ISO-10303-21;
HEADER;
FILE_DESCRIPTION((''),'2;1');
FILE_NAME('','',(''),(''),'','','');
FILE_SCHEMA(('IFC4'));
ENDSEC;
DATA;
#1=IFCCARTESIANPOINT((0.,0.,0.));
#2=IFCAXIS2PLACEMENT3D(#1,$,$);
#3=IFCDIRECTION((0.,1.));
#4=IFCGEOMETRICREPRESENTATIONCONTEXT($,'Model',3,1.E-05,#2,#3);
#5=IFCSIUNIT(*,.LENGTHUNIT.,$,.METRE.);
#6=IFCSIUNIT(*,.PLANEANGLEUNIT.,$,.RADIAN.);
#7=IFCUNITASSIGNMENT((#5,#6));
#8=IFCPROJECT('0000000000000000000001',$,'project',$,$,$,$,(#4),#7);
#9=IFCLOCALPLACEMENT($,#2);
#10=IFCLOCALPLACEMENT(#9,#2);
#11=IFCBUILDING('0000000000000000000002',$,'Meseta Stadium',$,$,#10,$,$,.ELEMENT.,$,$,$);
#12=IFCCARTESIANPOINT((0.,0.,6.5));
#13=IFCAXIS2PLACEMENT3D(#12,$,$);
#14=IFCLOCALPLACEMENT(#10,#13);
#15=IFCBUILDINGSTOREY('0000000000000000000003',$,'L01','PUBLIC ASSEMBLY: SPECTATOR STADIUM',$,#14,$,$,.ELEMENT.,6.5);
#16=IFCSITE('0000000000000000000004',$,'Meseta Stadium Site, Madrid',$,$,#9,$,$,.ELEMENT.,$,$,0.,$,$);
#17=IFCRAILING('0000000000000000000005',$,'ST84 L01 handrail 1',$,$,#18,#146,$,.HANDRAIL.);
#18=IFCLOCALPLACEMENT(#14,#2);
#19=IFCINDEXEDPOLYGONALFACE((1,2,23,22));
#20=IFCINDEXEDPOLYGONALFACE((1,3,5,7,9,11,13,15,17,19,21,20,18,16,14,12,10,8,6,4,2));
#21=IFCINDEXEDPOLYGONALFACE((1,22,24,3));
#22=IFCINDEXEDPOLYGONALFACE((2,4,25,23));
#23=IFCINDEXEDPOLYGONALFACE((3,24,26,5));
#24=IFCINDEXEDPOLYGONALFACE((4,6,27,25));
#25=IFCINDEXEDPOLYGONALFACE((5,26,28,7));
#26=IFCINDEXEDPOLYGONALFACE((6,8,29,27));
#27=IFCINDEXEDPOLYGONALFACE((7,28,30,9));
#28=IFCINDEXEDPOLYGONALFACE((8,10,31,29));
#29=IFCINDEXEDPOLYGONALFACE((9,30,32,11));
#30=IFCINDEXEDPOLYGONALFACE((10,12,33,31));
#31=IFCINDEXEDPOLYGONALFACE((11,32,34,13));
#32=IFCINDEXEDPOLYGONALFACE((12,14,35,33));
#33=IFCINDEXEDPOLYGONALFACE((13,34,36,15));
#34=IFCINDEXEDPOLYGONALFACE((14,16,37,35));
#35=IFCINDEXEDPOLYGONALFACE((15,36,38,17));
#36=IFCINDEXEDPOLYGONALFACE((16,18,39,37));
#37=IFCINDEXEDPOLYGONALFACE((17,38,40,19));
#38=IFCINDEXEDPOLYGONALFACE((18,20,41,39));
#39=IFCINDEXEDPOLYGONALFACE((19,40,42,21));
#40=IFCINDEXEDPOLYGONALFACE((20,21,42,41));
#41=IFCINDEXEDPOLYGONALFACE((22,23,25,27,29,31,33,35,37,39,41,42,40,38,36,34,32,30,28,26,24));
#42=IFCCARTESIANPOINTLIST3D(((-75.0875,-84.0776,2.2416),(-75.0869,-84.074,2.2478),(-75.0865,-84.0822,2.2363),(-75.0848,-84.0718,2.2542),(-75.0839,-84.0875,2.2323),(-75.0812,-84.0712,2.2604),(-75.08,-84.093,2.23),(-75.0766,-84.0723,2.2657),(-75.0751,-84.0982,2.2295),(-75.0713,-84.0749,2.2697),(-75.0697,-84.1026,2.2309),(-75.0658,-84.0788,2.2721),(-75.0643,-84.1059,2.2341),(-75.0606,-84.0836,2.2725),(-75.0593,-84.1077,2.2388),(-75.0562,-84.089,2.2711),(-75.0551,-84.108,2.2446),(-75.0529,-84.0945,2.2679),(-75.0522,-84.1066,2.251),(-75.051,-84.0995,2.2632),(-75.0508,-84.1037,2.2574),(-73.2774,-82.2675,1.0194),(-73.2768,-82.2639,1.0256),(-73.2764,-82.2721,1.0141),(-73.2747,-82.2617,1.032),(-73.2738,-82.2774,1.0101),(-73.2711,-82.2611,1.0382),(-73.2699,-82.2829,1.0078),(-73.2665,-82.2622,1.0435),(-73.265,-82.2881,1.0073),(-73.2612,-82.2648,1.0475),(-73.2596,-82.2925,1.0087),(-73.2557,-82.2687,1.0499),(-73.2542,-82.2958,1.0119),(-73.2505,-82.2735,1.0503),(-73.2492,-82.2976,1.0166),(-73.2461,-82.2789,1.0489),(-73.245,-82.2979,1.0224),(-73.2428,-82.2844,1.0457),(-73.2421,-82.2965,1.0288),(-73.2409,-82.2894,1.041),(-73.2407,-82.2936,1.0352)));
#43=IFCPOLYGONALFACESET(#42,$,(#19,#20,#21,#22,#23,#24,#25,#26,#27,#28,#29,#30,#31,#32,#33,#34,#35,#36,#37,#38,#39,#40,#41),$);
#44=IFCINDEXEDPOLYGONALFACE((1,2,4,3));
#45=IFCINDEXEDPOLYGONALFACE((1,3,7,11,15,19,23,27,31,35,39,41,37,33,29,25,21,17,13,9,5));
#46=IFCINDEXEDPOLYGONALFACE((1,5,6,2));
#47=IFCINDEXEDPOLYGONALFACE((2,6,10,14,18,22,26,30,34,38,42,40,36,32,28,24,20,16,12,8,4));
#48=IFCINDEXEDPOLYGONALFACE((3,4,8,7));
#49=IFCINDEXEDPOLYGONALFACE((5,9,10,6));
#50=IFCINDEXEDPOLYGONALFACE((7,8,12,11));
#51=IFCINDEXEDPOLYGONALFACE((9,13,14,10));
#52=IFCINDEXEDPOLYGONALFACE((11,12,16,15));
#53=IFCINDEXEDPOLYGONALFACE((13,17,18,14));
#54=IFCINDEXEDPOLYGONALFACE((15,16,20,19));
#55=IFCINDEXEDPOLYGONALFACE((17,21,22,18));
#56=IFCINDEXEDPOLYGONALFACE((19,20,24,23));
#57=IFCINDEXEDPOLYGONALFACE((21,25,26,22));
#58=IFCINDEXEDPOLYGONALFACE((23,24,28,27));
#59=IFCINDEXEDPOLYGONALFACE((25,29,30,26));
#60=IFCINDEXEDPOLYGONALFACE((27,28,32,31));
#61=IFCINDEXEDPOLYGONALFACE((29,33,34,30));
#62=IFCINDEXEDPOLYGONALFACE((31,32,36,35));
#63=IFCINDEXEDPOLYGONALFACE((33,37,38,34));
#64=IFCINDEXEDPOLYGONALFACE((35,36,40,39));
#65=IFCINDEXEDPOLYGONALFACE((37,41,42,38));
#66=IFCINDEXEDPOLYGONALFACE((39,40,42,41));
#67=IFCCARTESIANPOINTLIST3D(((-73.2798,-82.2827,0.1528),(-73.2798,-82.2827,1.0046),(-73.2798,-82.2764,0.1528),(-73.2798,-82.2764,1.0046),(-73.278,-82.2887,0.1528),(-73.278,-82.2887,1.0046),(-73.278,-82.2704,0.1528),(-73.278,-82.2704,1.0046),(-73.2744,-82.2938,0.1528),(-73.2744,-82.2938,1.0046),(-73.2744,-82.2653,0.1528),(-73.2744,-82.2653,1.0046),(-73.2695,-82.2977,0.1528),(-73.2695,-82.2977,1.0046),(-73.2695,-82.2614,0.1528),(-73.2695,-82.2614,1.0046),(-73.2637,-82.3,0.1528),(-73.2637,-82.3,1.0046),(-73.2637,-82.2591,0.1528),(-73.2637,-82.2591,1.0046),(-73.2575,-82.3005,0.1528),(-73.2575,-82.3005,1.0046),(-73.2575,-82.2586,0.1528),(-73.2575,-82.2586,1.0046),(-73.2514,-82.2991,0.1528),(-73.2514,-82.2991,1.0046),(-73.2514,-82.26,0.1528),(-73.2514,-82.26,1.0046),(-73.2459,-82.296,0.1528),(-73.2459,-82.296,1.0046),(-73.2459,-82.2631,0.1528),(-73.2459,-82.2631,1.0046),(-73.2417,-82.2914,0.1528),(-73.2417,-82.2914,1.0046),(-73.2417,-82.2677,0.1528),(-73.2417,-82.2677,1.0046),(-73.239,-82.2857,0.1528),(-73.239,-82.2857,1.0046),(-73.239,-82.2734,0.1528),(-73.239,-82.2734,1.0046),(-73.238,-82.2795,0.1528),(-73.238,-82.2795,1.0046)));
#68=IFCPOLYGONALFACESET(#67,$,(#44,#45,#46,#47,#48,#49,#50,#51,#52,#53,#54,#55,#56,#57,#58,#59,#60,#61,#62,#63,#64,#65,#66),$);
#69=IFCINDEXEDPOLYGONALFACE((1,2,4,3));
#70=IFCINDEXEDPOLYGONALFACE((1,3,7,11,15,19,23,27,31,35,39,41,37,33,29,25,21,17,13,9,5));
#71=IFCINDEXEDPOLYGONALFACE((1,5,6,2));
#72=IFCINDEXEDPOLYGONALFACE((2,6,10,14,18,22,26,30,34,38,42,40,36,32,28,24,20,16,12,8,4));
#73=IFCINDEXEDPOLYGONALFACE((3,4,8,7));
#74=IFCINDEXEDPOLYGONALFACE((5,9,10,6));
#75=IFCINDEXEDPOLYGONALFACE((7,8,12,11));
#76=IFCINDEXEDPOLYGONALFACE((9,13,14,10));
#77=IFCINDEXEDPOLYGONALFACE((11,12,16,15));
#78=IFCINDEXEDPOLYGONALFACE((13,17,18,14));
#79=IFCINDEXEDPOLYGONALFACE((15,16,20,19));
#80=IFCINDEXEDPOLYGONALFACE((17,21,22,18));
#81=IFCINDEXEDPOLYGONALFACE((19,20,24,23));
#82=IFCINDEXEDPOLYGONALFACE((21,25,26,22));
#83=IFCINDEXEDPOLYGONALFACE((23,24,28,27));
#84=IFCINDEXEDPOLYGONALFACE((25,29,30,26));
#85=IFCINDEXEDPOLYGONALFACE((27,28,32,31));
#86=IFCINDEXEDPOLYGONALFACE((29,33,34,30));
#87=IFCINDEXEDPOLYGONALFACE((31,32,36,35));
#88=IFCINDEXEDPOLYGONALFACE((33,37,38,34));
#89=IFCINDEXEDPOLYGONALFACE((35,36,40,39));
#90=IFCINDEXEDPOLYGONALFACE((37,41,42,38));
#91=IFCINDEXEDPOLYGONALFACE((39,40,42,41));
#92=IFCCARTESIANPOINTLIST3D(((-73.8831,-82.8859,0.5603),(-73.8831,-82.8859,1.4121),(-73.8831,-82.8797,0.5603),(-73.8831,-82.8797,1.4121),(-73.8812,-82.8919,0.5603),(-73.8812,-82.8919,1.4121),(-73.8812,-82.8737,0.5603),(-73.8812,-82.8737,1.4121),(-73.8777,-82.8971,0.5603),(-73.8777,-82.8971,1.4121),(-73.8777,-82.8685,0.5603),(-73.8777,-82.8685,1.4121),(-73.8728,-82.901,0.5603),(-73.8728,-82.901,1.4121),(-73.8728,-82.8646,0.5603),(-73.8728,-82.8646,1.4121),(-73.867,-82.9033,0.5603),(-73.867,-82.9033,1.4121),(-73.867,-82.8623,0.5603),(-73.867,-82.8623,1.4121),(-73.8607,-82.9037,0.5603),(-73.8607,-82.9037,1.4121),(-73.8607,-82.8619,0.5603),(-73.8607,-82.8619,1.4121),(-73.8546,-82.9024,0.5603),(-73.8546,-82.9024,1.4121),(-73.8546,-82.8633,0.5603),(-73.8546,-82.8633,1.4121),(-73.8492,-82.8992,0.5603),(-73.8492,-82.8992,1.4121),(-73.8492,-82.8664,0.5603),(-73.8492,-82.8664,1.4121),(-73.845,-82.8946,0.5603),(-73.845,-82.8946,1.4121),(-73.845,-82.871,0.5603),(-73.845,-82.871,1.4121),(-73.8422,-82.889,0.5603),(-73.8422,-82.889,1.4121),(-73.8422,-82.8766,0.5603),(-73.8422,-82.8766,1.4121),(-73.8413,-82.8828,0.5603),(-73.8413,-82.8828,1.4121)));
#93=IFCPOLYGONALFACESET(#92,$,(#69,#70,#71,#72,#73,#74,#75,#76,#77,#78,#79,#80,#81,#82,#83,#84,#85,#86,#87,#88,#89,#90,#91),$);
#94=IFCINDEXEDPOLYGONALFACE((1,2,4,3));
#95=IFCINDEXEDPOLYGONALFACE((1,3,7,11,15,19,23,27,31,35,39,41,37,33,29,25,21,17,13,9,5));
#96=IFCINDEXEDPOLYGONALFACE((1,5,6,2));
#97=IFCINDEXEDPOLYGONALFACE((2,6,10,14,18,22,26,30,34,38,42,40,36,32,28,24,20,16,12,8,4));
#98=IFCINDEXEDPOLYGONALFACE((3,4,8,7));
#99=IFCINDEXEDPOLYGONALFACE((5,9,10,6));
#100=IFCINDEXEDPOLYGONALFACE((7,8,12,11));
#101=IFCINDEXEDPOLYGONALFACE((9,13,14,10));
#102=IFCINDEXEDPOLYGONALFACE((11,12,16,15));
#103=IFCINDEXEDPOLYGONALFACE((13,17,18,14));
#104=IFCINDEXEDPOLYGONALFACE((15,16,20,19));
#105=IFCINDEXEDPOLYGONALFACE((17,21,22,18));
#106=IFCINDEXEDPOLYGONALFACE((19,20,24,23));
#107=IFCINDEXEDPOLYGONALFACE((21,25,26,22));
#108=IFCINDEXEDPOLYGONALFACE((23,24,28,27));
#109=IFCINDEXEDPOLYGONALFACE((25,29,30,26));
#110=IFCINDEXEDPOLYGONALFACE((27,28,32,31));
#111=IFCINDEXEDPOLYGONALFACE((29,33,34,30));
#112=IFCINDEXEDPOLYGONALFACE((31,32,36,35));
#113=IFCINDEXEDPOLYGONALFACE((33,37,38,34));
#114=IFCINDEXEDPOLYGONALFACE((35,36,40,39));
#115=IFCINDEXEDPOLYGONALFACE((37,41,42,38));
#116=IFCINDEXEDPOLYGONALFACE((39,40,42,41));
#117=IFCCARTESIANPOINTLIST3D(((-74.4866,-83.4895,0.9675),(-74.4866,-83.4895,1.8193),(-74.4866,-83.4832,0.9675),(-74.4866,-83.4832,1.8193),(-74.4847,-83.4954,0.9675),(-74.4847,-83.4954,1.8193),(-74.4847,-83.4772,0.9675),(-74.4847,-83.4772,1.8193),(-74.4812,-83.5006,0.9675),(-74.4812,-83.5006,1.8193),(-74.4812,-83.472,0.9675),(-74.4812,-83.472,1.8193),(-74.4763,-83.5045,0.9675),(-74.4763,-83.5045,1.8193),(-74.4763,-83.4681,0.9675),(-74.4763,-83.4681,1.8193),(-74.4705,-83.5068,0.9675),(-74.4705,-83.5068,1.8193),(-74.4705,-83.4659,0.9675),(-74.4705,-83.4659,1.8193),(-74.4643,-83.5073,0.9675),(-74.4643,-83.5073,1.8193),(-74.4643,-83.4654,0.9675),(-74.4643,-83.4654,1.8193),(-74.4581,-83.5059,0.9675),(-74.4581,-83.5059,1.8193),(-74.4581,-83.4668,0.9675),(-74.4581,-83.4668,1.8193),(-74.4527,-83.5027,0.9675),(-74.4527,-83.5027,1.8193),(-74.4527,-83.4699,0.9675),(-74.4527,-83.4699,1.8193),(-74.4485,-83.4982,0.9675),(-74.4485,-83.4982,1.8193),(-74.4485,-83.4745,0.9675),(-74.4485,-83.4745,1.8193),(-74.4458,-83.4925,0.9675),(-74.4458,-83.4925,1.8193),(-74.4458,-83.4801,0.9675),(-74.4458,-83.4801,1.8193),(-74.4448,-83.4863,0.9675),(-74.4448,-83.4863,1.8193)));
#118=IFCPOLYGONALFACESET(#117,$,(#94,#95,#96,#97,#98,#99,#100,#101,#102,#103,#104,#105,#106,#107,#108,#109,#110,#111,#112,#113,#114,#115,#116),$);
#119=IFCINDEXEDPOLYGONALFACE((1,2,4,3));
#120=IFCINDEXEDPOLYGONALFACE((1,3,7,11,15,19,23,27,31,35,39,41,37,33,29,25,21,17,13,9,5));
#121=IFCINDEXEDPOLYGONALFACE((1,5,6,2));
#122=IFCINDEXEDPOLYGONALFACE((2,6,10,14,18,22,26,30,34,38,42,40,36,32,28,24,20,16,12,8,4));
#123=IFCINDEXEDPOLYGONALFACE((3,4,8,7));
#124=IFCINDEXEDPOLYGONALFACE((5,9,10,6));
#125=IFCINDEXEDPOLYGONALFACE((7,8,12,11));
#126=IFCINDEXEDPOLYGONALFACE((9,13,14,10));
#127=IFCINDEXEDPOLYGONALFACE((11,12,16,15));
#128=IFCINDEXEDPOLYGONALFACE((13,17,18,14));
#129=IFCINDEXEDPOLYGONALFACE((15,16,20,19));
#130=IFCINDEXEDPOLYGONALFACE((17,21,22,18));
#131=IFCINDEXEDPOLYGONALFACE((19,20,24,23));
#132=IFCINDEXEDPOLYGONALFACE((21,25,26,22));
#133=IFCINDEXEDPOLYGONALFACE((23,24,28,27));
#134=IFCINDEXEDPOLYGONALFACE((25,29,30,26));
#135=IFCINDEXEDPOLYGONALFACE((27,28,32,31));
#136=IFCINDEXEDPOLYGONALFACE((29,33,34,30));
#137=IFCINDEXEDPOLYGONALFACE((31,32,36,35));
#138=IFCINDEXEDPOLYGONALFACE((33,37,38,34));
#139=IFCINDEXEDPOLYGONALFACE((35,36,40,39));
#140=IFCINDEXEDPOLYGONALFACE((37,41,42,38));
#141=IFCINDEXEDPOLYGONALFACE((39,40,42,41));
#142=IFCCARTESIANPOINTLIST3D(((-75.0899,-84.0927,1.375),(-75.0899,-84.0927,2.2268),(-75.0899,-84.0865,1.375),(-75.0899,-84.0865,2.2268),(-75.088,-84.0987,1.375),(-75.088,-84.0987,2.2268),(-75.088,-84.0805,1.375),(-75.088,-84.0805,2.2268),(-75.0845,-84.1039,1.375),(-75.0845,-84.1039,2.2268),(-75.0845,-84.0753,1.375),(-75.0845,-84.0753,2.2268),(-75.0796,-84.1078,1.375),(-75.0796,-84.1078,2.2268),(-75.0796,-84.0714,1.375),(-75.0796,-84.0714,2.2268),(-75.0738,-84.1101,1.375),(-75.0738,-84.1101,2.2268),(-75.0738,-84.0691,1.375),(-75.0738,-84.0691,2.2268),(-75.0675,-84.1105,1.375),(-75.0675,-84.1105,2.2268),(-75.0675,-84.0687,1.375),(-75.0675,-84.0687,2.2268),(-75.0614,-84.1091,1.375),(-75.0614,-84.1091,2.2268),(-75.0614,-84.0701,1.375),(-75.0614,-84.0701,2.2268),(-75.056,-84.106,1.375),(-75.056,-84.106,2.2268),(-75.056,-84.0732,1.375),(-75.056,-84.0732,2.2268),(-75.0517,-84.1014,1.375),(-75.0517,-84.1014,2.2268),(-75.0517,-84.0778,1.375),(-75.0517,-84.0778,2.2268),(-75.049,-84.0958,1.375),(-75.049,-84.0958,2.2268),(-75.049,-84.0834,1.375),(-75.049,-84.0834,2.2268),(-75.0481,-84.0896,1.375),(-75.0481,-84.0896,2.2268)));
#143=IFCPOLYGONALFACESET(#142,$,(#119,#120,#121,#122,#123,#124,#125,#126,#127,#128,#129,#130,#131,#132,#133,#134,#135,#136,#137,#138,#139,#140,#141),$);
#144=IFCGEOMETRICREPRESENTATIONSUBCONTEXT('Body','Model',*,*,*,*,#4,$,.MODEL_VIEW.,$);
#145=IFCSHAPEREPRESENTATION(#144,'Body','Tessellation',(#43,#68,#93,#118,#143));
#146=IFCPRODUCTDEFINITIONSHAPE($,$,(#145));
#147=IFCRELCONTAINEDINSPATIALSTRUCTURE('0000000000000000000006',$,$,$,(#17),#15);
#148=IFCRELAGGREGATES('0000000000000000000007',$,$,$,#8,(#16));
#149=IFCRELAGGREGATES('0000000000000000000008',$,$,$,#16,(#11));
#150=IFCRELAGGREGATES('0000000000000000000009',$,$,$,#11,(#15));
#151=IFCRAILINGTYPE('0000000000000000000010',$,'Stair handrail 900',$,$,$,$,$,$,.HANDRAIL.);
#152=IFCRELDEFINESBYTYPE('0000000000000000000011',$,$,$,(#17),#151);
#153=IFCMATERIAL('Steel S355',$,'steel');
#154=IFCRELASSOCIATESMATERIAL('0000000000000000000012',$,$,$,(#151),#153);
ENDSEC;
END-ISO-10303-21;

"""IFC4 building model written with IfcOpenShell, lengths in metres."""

from ifc_helpers import new_model, si_unit, direction, frame, origin, origin_2d, place, context, subcontext, project, spatial, circle, extrude, material, type_object, element, save


model = new_model("IFC4")

# Units and contexts
model_context = context("Model", 3, precision=1e-05, world=origin(), true_north=direction((0.0, 1.0)))
body_context = subcontext(model_context, "Body", "Model", "MODEL_VIEW")
ifc_project = project(units=[si_unit("LENGTHUNIT", "METRE"), si_unit("PLANEANGLEUNIT", "RADIAN")], contexts=[model_context])

# Site, building, storey
site_placement = place(None, origin())
site = spatial("IfcSite", under=ifc_project, at=site_placement, Name="Meseta Stadium Site, Madrid", CompositionType="ELEMENT", RefElevation=0.0)
building_placement = place(site_placement, origin())
building = spatial("IfcBuilding", under=site, at=building_placement, Name="Meseta Stadium", CompositionType="ELEMENT")
storey_placement = place(building_placement, frame((0.0, 0.0, 6.5)))
storey = spatial("IfcBuildingStorey", under=building, at=storey_placement, Name="L01", Description="PUBLIC ASSEMBLY: SPECTATOR STADIUM", CompositionType="ELEMENT", Elevation=6.5)

# Railing
ifc_material_1 = material(Name="Steel S355", Category="steel")
railing_type_1 = type_object("IfcRailingType", Name="Stair handrail 900", PredefinedType="HANDRAIL", material=ifc_material_1)
for number, where, name in (
    (1, (-73.259, -82.2795, 0.1528), "ST84 L01 handrail 1"),
):
    element("IfcRailing", number, at=place(storey_placement, frame(where)), inside=storey, type_object=railing_type_1, Name=name, PredefinedType="HANDRAIL", context=body_context, shape_type="SweptSolid", body=[
        extrude(circle(Radius=0.0239, at=origin_2d()), frame((0.0, 0.0, 0.876), z_axis=(-0.638108, -0.638108, 0.430856), x_axis=(0.707107, -0.707107, 0.0)), (0.0, 0.0, 1.0), 2.8367),
        extrude(circle(Radius=0.021, at=origin_2d()), origin(), (0.0, 0.0, 1.0), 0.8518),
        extrude(circle(Radius=0.021, at=origin_2d()), frame((-0.6033, -0.6033, 0.4075)), (0.0, 0.0, 1.0), 0.8518),
        extrude(circle(Radius=0.021, at=origin_2d()), frame((-1.2068, -1.2068, 0.8147)), (0.0, 0.0, 1.0), 0.8518),
        extrude(circle(Radius=0.021, at=origin_2d()), frame((-1.8101, -1.8101, 1.2222)), (0.0, 0.0, 1.0), 0.8518),
    ])

save(model, "model.ifc")
